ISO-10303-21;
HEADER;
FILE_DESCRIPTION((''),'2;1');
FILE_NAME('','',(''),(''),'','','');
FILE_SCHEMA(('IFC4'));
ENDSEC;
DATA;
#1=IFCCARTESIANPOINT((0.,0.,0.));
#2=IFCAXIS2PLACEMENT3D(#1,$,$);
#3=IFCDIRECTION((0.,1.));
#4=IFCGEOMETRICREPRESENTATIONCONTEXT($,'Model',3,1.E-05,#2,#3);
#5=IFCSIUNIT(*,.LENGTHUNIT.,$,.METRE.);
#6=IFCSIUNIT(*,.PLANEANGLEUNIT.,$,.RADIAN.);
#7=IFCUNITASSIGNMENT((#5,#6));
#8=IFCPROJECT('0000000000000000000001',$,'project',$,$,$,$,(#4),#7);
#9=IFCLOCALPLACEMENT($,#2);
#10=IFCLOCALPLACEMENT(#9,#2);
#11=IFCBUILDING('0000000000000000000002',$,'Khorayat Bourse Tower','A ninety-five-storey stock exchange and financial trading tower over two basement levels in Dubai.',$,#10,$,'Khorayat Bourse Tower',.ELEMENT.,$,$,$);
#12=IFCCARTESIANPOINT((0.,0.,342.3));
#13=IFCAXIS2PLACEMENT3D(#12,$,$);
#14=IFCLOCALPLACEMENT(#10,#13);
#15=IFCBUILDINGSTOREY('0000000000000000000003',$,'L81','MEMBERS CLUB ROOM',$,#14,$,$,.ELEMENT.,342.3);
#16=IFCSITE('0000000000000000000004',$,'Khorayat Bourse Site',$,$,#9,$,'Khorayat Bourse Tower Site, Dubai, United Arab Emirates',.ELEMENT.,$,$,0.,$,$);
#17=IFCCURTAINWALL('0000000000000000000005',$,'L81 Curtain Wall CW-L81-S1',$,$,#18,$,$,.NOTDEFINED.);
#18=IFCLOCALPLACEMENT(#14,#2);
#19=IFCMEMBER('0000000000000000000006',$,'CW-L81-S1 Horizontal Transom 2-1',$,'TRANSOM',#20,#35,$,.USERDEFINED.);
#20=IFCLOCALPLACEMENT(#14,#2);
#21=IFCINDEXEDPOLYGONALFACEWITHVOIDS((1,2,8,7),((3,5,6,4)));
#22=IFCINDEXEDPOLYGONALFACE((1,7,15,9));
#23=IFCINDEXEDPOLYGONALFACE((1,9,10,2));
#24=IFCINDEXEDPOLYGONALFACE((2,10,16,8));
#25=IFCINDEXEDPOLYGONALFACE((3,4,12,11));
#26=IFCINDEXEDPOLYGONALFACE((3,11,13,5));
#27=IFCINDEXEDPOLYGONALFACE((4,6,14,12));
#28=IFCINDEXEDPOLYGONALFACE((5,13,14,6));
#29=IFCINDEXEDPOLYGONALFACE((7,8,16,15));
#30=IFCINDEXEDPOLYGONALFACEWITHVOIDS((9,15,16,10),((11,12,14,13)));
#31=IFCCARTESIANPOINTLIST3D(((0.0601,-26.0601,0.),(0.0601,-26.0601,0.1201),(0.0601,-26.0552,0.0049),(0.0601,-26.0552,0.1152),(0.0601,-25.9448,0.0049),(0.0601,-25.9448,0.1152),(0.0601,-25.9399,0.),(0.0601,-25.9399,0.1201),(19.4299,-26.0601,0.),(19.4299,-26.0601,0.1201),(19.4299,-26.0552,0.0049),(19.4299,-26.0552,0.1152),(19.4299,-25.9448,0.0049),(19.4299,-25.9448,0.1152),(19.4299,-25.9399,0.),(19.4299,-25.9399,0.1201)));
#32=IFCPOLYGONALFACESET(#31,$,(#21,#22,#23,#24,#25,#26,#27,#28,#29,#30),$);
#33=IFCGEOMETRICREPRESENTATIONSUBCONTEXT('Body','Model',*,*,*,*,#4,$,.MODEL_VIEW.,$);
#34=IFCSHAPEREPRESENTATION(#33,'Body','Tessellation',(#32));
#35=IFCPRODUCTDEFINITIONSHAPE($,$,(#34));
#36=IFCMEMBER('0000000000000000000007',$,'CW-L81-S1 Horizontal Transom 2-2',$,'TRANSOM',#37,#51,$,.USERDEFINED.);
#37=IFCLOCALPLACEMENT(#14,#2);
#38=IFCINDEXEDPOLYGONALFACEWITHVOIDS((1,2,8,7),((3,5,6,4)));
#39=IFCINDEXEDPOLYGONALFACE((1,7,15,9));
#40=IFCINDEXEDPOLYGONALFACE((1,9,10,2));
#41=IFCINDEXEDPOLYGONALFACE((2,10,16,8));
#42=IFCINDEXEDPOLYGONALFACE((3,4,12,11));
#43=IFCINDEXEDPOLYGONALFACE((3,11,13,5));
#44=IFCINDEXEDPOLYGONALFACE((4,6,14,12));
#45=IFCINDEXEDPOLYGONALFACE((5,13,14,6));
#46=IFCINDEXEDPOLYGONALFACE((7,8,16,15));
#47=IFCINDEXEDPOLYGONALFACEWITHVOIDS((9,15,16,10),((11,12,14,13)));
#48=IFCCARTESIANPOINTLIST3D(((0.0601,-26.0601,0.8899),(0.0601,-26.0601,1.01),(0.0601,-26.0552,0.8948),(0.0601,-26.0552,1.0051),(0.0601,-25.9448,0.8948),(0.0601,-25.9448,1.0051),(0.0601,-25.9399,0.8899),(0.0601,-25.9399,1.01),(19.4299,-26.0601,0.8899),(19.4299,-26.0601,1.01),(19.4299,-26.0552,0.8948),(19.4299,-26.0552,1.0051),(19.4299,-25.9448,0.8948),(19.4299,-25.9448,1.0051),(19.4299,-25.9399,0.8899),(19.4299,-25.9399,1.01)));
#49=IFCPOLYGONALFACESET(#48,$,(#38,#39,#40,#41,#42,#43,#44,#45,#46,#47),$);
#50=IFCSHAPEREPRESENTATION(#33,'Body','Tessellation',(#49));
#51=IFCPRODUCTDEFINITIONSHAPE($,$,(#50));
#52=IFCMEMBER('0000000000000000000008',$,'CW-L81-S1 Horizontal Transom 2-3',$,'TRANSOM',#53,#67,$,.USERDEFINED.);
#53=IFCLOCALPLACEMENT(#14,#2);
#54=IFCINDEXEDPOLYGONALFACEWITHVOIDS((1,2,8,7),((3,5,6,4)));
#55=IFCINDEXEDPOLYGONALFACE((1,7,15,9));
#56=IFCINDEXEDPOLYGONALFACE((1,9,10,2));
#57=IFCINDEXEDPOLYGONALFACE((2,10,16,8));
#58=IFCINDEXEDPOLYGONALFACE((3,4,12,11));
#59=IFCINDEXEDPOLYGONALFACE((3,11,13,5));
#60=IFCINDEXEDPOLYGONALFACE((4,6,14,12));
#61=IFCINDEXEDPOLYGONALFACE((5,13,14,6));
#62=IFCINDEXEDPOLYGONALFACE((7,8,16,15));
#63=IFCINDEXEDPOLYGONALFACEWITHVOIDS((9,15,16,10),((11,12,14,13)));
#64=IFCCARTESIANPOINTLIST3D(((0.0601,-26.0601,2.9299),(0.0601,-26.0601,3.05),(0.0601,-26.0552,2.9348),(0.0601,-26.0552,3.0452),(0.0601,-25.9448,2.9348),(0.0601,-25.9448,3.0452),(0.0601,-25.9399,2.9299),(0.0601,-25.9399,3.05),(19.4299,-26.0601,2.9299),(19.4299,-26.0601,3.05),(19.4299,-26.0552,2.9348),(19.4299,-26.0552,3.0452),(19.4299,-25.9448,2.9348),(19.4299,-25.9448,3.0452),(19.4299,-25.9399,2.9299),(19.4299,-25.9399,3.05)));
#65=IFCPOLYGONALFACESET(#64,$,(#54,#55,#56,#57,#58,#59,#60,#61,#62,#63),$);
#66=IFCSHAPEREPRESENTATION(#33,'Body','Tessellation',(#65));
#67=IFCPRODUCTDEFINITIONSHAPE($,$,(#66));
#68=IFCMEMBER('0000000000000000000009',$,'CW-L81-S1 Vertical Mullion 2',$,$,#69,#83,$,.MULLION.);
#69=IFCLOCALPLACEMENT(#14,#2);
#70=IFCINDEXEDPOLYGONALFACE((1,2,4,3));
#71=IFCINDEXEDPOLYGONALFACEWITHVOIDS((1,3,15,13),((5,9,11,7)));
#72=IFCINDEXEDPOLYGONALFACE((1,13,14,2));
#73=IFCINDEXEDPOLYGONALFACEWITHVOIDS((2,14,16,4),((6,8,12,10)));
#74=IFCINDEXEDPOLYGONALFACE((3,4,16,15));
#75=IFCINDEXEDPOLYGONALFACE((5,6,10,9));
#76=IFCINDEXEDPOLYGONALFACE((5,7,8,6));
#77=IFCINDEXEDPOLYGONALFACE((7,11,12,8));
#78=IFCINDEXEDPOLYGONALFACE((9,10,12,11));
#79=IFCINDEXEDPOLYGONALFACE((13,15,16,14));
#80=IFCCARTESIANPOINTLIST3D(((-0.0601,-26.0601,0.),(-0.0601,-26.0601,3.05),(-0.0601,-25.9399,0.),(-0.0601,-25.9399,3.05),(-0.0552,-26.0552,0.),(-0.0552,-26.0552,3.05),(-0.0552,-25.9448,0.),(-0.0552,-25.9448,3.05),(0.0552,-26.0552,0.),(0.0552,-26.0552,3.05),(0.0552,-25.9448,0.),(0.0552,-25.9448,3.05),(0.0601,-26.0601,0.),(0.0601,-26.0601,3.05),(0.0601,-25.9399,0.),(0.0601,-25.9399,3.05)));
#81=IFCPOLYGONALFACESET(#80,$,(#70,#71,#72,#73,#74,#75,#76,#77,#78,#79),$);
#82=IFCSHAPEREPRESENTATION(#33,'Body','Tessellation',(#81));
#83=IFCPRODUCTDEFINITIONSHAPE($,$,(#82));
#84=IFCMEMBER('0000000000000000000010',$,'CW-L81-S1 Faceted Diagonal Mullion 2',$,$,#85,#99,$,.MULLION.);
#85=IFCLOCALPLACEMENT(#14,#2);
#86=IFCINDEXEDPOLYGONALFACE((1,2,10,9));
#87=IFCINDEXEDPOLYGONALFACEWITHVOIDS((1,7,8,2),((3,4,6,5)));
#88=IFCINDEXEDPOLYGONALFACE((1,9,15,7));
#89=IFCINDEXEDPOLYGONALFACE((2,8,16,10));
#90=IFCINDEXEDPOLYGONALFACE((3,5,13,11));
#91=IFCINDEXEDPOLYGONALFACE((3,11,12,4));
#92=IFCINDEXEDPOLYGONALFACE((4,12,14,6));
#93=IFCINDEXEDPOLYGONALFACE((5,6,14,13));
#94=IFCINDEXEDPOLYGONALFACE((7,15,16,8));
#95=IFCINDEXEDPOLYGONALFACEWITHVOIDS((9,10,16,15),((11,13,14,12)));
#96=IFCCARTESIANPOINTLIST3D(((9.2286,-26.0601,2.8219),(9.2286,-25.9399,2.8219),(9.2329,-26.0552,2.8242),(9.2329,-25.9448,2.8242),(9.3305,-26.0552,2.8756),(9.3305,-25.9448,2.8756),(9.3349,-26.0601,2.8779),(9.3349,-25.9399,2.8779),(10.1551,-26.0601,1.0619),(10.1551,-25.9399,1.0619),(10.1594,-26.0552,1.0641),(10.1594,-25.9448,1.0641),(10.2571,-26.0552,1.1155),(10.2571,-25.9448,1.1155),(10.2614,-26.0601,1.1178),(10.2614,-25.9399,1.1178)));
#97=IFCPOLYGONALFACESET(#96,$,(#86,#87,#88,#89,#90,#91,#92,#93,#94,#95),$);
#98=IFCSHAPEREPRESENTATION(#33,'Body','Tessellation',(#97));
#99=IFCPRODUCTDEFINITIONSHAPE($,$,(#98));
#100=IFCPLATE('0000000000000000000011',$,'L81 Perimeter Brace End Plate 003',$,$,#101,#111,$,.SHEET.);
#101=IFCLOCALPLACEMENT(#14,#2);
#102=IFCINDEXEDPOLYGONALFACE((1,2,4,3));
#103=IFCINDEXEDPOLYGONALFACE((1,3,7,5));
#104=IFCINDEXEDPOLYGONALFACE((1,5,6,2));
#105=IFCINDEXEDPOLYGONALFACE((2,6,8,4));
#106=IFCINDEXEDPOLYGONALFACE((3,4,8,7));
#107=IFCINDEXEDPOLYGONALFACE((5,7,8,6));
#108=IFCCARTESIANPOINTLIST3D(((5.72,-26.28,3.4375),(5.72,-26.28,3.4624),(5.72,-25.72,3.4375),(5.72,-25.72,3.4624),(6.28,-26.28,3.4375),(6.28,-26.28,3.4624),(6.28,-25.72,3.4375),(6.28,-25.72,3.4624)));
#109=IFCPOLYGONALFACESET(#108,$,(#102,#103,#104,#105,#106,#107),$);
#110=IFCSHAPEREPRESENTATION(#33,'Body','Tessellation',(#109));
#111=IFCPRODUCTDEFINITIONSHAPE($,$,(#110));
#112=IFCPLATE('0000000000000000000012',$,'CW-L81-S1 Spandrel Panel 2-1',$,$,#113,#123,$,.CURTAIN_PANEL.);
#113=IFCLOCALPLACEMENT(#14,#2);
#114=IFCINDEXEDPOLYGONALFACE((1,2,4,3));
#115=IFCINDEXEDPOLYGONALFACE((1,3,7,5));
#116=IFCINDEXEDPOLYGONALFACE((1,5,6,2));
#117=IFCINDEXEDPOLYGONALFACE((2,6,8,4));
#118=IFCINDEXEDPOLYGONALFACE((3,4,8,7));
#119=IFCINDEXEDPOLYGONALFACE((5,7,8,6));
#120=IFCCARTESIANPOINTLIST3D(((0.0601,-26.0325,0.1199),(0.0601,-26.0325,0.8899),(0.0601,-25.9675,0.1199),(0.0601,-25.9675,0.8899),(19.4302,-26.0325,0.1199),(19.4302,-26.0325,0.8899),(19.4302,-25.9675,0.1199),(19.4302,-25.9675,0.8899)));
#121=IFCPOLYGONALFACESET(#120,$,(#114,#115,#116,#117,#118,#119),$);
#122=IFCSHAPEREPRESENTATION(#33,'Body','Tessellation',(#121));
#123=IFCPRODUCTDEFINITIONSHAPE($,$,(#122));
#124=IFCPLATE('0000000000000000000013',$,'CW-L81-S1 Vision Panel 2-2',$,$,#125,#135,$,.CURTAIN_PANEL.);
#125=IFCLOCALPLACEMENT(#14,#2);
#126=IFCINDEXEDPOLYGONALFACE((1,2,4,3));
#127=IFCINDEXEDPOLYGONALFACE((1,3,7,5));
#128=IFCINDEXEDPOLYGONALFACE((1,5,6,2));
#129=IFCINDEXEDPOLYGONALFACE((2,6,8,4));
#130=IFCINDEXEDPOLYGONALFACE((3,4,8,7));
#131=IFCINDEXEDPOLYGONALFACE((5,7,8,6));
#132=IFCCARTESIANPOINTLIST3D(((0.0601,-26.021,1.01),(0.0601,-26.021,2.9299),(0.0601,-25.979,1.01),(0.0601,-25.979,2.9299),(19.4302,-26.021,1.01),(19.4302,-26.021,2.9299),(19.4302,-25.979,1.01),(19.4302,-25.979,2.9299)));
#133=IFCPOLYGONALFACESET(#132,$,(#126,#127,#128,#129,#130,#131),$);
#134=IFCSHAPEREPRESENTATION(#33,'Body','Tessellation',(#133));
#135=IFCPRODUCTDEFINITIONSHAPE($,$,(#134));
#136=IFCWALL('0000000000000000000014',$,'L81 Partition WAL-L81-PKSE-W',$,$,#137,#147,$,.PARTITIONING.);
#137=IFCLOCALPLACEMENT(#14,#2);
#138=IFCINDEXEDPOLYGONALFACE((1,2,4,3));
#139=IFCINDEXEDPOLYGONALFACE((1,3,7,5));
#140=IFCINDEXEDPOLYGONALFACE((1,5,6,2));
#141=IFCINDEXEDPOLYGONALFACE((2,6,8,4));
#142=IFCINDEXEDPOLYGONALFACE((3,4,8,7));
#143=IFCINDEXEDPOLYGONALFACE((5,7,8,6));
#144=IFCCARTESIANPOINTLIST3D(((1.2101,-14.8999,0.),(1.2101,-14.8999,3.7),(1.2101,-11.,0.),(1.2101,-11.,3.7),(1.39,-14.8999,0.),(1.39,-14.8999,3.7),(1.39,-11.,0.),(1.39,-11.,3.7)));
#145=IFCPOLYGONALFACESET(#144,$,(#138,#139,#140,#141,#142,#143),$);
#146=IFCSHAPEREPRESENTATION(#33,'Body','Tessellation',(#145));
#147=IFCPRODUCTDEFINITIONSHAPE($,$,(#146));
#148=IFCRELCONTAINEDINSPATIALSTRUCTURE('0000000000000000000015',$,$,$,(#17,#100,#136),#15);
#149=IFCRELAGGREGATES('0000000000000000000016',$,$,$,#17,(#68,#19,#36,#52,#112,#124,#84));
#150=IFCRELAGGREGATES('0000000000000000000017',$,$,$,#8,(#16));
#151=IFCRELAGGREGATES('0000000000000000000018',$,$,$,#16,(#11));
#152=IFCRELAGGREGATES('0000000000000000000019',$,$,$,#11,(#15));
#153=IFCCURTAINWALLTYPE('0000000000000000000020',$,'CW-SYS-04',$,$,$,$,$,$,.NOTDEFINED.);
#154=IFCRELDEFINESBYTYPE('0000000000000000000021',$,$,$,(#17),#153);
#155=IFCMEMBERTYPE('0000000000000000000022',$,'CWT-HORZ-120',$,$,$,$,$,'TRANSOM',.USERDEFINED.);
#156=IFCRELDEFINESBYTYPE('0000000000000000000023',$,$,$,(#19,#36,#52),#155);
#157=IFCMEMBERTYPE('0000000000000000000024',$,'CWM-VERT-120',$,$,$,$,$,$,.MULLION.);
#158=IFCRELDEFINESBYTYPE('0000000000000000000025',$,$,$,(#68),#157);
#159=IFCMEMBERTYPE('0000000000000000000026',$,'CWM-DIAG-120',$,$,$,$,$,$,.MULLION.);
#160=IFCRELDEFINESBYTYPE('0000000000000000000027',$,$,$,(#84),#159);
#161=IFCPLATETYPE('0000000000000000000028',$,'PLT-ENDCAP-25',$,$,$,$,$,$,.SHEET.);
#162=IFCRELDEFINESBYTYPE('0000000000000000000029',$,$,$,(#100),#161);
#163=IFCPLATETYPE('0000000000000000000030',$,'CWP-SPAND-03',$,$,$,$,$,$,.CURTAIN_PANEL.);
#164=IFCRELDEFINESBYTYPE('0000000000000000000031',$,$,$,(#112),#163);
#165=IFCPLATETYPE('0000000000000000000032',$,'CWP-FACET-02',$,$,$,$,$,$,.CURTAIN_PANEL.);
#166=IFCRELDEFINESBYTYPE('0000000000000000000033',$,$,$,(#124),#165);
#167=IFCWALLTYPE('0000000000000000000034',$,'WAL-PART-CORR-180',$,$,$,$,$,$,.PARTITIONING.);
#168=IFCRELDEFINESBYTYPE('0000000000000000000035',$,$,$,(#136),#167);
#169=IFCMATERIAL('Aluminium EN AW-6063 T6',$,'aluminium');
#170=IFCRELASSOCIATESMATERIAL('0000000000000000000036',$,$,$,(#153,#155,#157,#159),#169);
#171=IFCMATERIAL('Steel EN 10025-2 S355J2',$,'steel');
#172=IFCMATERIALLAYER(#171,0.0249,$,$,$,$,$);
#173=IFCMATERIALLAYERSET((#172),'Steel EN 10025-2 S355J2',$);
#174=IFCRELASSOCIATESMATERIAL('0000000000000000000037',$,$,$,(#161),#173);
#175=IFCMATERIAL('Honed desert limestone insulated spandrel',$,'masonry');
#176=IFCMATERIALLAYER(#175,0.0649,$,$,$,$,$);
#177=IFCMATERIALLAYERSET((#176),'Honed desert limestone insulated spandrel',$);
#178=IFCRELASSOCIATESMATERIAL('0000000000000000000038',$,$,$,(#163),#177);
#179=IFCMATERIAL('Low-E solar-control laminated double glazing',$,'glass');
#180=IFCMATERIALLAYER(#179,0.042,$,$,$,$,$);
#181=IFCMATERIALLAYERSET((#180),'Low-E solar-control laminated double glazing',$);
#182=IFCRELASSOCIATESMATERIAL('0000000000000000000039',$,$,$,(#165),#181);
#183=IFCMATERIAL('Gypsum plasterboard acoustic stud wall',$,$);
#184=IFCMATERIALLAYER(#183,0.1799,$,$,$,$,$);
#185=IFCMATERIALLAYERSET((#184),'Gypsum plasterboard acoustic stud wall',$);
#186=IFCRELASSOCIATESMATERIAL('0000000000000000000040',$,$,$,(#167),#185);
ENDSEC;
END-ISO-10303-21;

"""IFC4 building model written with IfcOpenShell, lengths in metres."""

from ifc_helpers import new_model, si_unit, direction, frame, frame_2d, origin, origin_2d, place, context, subcontext, project, spatial, rectangle, hollow_rectangle, extrude, source, transform, mapped, material, layer, layer_set, material_profile, profile_set, type_object, element, aggregate, save


model = new_model("IFC4")

# Units and contexts
model_context = context("Model", 3, precision=1e-05, world=origin(), true_north=direction((0.0, 1.0)))
body_context = subcontext(model_context, "Body", "Model", "MODEL_VIEW")
ifc_project = project(units=[si_unit("LENGTHUNIT", "METRE"), si_unit("PLANEANGLEUNIT", "RADIAN")], contexts=[model_context])

# Site, building, storey
site_placement = place(None, origin())
site = spatial("IfcSite", under=ifc_project, at=site_placement, Name="Khorayat Bourse Site", LongName="Khorayat Bourse Tower Site, Dubai, United Arab Emirates", CompositionType="ELEMENT", RefElevation=0.0)
building_placement = place(site_placement, origin())
building = spatial("IfcBuilding", under=site, at=building_placement, Name="Khorayat Bourse Tower", Description="A ninety-five-storey stock exchange and financial trading tower over two basement levels in Dubai.", LongName="Khorayat Bourse Tower", CompositionType="ELEMENT")
storey_placement = place(building_placement, frame((0.0, 0.0, 342.3)))
storey = spatial("IfcBuildingStorey", under=building, at=storey_placement, Name="L81", Description="MEMBERS CLUB ROOM", CompositionType="ELEMENT", Elevation=342.3)

# Shared definitions
ifc_material_1 = material(Name="Steel EN 10025-2 S355J2", Category="steel")

# Curtain wall, members
ifc_material_2 = material(Name="Aluminium EN AW-6063 T6", Category="aluminium")
curtain_wall_type = type_object("IfcCurtainWallType", Name="CW-SYS-04", PredefinedType="NOTDEFINED", material=ifc_material_2)
curtain_wall_placement = place(storey_placement, origin())
curtain_wall = element("IfcCurtainWall", 1, at=curtain_wall_placement, inside=storey, type_object=curtain_wall_type, Name="L81 Curtain Wall CW-L81-S1", PredefinedType="NOTDEFINED")
ifc_material_profile_1 = material_profile(ifc_material_2, hollow_rectangle(XDim=0.1201, YDim=0.1201, WallThickness=0.0049, at=origin_2d()), Name="ALU 120x120x5")
ifc_profile_set_1 = profile_set([ifc_material_profile_1], Name="Aluminium EN AW-6063 T6")
member_type_1 = type_object("IfcMemberType", Name="CWT-HORZ-120", ElementType="TRANSOM", PredefinedType="USERDEFINED", material=ifc_profile_set_1)
shared_shape_1 = source(origin(), body_context, "Body", "SweptSolid", [
    extrude(hollow_rectangle(XDim=0.1201, YDim=0.1201, WallThickness=0.0049, at=origin_2d()), origin(), (0.0, 0.0, 1.0), 19.3699),
])
member_1_placement = place(storey_placement, frame((0.0601, -26.0, 0.0601), z_axis=(1.0, 0.0, 0.0), x_axis=(0.0, 1.0, 0.0)))
member_1 = element("IfcMember", 2, at=member_1_placement, type_object=member_type_1, Name="CW-L81-S1 Horizontal Transom 2-1", ObjectType="TRANSOM", PredefinedType="USERDEFINED", context=body_context, shape_type="MappedRepresentation", body=[
    mapped(shared_shape_1, transform((0.0, 0.0, 0.0), scale=1.0)),
])
member_2_placement = place(storey_placement, frame((0.0601, -26.0, 0.95), z_axis=(1.0, 0.0, 0.0), x_axis=(0.0, 1.0, 0.0)))
member_2 = element("IfcMember", 3, at=member_2_placement, type_object=member_type_1, Name="CW-L81-S1 Horizontal Transom 2-2", ObjectType="TRANSOM", PredefinedType="USERDEFINED", context=body_context, shape_type="MappedRepresentation", body=[
    mapped(shared_shape_1, transform((0.0, 0.0, 0.0), scale=1.0)),
])
member_3_placement = place(storey_placement, frame((0.0601, -26.0, 2.99), z_axis=(1.0, 0.0, 0.0), x_axis=(0.0, 1.0, 0.0)))
member_3 = element("IfcMember", 4, at=member_3_placement, type_object=member_type_1, Name="CW-L81-S1 Horizontal Transom 2-3", ObjectType="TRANSOM", PredefinedType="USERDEFINED", context=body_context, shape_type="MappedRepresentation", body=[
    mapped(shared_shape_1, transform((0.0, 0.0, 0.0), scale=1.0)),
])
ifc_material_profile_2 = material_profile(ifc_material_2, hollow_rectangle(XDim=0.1201, YDim=0.1201, WallThickness=0.0049, at=origin_2d()), Name="ALU 120x120x5")
ifc_profile_set_2 = profile_set([ifc_material_profile_2], Name="Aluminium EN AW-6063 T6")
member_type_2 = type_object("IfcMemberType", Name="CWM-VERT-120", PredefinedType="MULLION", material=ifc_profile_set_2)
shared_shape_2 = source(origin(), body_context, "Body", "SweptSolid", [
    extrude(hollow_rectangle(XDim=0.1201, YDim=0.1201, WallThickness=0.0049, at=origin_2d()), origin(), (0.0, 0.0, 1.0), 3.05),
])
member_4_placement = place(storey_placement, frame((0.0, -26.0, 0.0), z_axis=(0.0, 0.0, 1.0), x_axis=(0.0, 1.0, 0.0)))
member_4 = element("IfcMember", 5, at=member_4_placement, type_object=member_type_2, Name="CW-L81-S1 Vertical Mullion 2", PredefinedType="MULLION", context=body_context, shape_type="MappedRepresentation", body=[
    mapped(shared_shape_2, transform((0.0, 0.0, 0.0), scale=1.0)),
])
ifc_material_profile_3 = material_profile(ifc_material_2, hollow_rectangle(XDim=0.1201, YDim=0.1201, WallThickness=0.0049, at=origin_2d()), Name="ALU 120x120x5")
ifc_profile_set_3 = profile_set([ifc_material_profile_3], Name="Aluminium EN AW-6063 T6")
member_type_3 = type_object("IfcMemberType", Name="CWM-DIAG-120", PredefinedType="MULLION", material=ifc_profile_set_3)
shared_shape_3 = source(origin(), body_context, "Body", "SweptSolid", [
    extrude(hollow_rectangle(XDim=0.1201, YDim=0.1201, WallThickness=0.0049, at=origin_2d()), origin(), (0.0, 0.0, 1.0), 1.989),
])
member_5_placement = place(storey_placement, frame((10.2083, -26.0, 1.0898), z_axis=(-0.465822, 0.0, 0.884878), x_axis=(0.0, -1.0, 0.0)))
member_5 = element("IfcMember", 6, at=member_5_placement, type_object=member_type_3, Name="CW-L81-S1 Faceted Diagonal Mullion 2", PredefinedType="MULLION", context=body_context, shape_type="MappedRepresentation", body=[
    mapped(shared_shape_3, transform((0.0, 0.0, 0.0), scale=1.0)),
])

# Plates
ifc_layer_1 = layer(ifc_material_1, 0.0249)
ifc_layer_set_1 = layer_set([ifc_layer_1], Name="Steel EN 10025-2 S355J2")
plate_type_1 = type_object("IfcPlateType", Name="PLT-ENDCAP-25", PredefinedType="SHEET", material=ifc_layer_set_1)
shared_shape_4 = source(origin(), body_context, "Body", "SweptSolid", [
    extrude(rectangle(XDim=0.5601, YDim=0.5601, at=origin_2d()), origin(), (0.0, 0.0, 1.0), 0.0249),
])
plate_1_placement = place(storey_placement, frame((6.0, -26.0, 3.4375), z_axis=(0.0, 0.0, 1.0), x_axis=(1.0, 0.0, 0.0)))
element("IfcPlate", 7, at=plate_1_placement, inside=storey, type_object=plate_type_1, Name="L81 Perimeter Brace End Plate 003", PredefinedType="SHEET", context=body_context, shape_type="MappedRepresentation", body=[
    mapped(shared_shape_4, transform((0.0, 0.0, 0.0), scale=1.0)),
])
ifc_material_3 = material(Name="Honed desert limestone insulated spandrel", Category="masonry")
ifc_layer_2 = layer(ifc_material_3, 0.0649)
ifc_layer_set_2 = layer_set([ifc_layer_2], Name="Honed desert limestone insulated spandrel")
plate_type_2 = type_object("IfcPlateType", Name="CWP-SPAND-03", PredefinedType="CURTAIN_PANEL", material=ifc_layer_set_2)
shared_shape_5 = source(origin(), body_context, "Body", "SweptSolid", [
    extrude(rectangle(XDim=19.3701, YDim=0.0649, at=origin_2d()), origin(), (0.0, 0.0, 1.0), 0.77),
])
plate_2_placement = place(storey_placement, frame((9.7451, -26.0, 0.1199), z_axis=(0.0, 0.0, 1.0), x_axis=(1.0, 0.0, 0.0)))
plate_2 = element("IfcPlate", 8, at=plate_2_placement, type_object=plate_type_2, Name="CW-L81-S1 Spandrel Panel 2-1", PredefinedType="CURTAIN_PANEL", context=body_context, shape_type="MappedRepresentation", body=[
    mapped(shared_shape_5, transform((0.0, 0.0, 0.0), scale=1.0)),
])
ifc_material_4 = material(Name="Low-E solar-control laminated double glazing", Category="glass")
ifc_layer_3 = layer(ifc_material_4, 0.042)
ifc_layer_set_3 = layer_set([ifc_layer_3], Name="Low-E solar-control laminated double glazing")
plate_type_3 = type_object("IfcPlateType", Name="CWP-FACET-02", PredefinedType="CURTAIN_PANEL", material=ifc_layer_set_3)
shared_shape_6 = source(origin(), body_context, "Body", "SweptSolid", [
    extrude(rectangle(XDim=19.3701, YDim=0.042, at=origin_2d()), origin(), (0.0, 0.0, 1.0), 1.9199),
])
plate_3_placement = place(storey_placement, frame((9.7451, -26.0, 1.01), z_axis=(0.0, 0.0, 1.0), x_axis=(1.0, 0.0, 0.0)))
plate_3 = element("IfcPlate", 9, at=plate_3_placement, type_object=plate_type_3, Name="CW-L81-S1 Vision Panel 2-2", PredefinedType="CURTAIN_PANEL", context=body_context, shape_type="MappedRepresentation", body=[
    mapped(shared_shape_6, transform((0.0, 0.0, 0.0), scale=1.0)),
])
aggregate(curtain_wall, [member_4, member_1, member_2, member_3, plate_2, plate_3, member_5])

# Wall
ifc_material_5 = material(Name="Gypsum plasterboard acoustic stud wall")
ifc_layer_4 = layer(ifc_material_5, 0.1799)
ifc_layer_set_4 = layer_set([ifc_layer_4], Name="Gypsum plasterboard acoustic stud wall")
wall_type = type_object("IfcWallType", Name="WAL-PART-CORR-180", PredefinedType="PARTITIONING", material=ifc_layer_set_4)
shared_shape_7 = source(origin(), body_context, "Body", "SweptSolid", [
    extrude(rectangle(XDim=3.8999, YDim=0.1799, at=frame_2d((1.95, 0.0))), origin(), (0.0, 0.0, 1.0), 3.7),
])
wall_1_placement = place(storey_placement, frame((1.3, -14.8999, 0.0), z_axis=(0.0, 0.0, 1.0), x_axis=(0.0, 1.0, 0.0)))
element("IfcWall", 10, at=wall_1_placement, inside=storey, type_object=wall_type, Name="L81 Partition WAL-L81-PKSE-W", PredefinedType="PARTITIONING", context=body_context, shape_type="MappedRepresentation", body=[
    mapped(shared_shape_7, transform((0.0, 0.0, 0.0), scale=1.0)),
])

save(model, "model.ifc")
